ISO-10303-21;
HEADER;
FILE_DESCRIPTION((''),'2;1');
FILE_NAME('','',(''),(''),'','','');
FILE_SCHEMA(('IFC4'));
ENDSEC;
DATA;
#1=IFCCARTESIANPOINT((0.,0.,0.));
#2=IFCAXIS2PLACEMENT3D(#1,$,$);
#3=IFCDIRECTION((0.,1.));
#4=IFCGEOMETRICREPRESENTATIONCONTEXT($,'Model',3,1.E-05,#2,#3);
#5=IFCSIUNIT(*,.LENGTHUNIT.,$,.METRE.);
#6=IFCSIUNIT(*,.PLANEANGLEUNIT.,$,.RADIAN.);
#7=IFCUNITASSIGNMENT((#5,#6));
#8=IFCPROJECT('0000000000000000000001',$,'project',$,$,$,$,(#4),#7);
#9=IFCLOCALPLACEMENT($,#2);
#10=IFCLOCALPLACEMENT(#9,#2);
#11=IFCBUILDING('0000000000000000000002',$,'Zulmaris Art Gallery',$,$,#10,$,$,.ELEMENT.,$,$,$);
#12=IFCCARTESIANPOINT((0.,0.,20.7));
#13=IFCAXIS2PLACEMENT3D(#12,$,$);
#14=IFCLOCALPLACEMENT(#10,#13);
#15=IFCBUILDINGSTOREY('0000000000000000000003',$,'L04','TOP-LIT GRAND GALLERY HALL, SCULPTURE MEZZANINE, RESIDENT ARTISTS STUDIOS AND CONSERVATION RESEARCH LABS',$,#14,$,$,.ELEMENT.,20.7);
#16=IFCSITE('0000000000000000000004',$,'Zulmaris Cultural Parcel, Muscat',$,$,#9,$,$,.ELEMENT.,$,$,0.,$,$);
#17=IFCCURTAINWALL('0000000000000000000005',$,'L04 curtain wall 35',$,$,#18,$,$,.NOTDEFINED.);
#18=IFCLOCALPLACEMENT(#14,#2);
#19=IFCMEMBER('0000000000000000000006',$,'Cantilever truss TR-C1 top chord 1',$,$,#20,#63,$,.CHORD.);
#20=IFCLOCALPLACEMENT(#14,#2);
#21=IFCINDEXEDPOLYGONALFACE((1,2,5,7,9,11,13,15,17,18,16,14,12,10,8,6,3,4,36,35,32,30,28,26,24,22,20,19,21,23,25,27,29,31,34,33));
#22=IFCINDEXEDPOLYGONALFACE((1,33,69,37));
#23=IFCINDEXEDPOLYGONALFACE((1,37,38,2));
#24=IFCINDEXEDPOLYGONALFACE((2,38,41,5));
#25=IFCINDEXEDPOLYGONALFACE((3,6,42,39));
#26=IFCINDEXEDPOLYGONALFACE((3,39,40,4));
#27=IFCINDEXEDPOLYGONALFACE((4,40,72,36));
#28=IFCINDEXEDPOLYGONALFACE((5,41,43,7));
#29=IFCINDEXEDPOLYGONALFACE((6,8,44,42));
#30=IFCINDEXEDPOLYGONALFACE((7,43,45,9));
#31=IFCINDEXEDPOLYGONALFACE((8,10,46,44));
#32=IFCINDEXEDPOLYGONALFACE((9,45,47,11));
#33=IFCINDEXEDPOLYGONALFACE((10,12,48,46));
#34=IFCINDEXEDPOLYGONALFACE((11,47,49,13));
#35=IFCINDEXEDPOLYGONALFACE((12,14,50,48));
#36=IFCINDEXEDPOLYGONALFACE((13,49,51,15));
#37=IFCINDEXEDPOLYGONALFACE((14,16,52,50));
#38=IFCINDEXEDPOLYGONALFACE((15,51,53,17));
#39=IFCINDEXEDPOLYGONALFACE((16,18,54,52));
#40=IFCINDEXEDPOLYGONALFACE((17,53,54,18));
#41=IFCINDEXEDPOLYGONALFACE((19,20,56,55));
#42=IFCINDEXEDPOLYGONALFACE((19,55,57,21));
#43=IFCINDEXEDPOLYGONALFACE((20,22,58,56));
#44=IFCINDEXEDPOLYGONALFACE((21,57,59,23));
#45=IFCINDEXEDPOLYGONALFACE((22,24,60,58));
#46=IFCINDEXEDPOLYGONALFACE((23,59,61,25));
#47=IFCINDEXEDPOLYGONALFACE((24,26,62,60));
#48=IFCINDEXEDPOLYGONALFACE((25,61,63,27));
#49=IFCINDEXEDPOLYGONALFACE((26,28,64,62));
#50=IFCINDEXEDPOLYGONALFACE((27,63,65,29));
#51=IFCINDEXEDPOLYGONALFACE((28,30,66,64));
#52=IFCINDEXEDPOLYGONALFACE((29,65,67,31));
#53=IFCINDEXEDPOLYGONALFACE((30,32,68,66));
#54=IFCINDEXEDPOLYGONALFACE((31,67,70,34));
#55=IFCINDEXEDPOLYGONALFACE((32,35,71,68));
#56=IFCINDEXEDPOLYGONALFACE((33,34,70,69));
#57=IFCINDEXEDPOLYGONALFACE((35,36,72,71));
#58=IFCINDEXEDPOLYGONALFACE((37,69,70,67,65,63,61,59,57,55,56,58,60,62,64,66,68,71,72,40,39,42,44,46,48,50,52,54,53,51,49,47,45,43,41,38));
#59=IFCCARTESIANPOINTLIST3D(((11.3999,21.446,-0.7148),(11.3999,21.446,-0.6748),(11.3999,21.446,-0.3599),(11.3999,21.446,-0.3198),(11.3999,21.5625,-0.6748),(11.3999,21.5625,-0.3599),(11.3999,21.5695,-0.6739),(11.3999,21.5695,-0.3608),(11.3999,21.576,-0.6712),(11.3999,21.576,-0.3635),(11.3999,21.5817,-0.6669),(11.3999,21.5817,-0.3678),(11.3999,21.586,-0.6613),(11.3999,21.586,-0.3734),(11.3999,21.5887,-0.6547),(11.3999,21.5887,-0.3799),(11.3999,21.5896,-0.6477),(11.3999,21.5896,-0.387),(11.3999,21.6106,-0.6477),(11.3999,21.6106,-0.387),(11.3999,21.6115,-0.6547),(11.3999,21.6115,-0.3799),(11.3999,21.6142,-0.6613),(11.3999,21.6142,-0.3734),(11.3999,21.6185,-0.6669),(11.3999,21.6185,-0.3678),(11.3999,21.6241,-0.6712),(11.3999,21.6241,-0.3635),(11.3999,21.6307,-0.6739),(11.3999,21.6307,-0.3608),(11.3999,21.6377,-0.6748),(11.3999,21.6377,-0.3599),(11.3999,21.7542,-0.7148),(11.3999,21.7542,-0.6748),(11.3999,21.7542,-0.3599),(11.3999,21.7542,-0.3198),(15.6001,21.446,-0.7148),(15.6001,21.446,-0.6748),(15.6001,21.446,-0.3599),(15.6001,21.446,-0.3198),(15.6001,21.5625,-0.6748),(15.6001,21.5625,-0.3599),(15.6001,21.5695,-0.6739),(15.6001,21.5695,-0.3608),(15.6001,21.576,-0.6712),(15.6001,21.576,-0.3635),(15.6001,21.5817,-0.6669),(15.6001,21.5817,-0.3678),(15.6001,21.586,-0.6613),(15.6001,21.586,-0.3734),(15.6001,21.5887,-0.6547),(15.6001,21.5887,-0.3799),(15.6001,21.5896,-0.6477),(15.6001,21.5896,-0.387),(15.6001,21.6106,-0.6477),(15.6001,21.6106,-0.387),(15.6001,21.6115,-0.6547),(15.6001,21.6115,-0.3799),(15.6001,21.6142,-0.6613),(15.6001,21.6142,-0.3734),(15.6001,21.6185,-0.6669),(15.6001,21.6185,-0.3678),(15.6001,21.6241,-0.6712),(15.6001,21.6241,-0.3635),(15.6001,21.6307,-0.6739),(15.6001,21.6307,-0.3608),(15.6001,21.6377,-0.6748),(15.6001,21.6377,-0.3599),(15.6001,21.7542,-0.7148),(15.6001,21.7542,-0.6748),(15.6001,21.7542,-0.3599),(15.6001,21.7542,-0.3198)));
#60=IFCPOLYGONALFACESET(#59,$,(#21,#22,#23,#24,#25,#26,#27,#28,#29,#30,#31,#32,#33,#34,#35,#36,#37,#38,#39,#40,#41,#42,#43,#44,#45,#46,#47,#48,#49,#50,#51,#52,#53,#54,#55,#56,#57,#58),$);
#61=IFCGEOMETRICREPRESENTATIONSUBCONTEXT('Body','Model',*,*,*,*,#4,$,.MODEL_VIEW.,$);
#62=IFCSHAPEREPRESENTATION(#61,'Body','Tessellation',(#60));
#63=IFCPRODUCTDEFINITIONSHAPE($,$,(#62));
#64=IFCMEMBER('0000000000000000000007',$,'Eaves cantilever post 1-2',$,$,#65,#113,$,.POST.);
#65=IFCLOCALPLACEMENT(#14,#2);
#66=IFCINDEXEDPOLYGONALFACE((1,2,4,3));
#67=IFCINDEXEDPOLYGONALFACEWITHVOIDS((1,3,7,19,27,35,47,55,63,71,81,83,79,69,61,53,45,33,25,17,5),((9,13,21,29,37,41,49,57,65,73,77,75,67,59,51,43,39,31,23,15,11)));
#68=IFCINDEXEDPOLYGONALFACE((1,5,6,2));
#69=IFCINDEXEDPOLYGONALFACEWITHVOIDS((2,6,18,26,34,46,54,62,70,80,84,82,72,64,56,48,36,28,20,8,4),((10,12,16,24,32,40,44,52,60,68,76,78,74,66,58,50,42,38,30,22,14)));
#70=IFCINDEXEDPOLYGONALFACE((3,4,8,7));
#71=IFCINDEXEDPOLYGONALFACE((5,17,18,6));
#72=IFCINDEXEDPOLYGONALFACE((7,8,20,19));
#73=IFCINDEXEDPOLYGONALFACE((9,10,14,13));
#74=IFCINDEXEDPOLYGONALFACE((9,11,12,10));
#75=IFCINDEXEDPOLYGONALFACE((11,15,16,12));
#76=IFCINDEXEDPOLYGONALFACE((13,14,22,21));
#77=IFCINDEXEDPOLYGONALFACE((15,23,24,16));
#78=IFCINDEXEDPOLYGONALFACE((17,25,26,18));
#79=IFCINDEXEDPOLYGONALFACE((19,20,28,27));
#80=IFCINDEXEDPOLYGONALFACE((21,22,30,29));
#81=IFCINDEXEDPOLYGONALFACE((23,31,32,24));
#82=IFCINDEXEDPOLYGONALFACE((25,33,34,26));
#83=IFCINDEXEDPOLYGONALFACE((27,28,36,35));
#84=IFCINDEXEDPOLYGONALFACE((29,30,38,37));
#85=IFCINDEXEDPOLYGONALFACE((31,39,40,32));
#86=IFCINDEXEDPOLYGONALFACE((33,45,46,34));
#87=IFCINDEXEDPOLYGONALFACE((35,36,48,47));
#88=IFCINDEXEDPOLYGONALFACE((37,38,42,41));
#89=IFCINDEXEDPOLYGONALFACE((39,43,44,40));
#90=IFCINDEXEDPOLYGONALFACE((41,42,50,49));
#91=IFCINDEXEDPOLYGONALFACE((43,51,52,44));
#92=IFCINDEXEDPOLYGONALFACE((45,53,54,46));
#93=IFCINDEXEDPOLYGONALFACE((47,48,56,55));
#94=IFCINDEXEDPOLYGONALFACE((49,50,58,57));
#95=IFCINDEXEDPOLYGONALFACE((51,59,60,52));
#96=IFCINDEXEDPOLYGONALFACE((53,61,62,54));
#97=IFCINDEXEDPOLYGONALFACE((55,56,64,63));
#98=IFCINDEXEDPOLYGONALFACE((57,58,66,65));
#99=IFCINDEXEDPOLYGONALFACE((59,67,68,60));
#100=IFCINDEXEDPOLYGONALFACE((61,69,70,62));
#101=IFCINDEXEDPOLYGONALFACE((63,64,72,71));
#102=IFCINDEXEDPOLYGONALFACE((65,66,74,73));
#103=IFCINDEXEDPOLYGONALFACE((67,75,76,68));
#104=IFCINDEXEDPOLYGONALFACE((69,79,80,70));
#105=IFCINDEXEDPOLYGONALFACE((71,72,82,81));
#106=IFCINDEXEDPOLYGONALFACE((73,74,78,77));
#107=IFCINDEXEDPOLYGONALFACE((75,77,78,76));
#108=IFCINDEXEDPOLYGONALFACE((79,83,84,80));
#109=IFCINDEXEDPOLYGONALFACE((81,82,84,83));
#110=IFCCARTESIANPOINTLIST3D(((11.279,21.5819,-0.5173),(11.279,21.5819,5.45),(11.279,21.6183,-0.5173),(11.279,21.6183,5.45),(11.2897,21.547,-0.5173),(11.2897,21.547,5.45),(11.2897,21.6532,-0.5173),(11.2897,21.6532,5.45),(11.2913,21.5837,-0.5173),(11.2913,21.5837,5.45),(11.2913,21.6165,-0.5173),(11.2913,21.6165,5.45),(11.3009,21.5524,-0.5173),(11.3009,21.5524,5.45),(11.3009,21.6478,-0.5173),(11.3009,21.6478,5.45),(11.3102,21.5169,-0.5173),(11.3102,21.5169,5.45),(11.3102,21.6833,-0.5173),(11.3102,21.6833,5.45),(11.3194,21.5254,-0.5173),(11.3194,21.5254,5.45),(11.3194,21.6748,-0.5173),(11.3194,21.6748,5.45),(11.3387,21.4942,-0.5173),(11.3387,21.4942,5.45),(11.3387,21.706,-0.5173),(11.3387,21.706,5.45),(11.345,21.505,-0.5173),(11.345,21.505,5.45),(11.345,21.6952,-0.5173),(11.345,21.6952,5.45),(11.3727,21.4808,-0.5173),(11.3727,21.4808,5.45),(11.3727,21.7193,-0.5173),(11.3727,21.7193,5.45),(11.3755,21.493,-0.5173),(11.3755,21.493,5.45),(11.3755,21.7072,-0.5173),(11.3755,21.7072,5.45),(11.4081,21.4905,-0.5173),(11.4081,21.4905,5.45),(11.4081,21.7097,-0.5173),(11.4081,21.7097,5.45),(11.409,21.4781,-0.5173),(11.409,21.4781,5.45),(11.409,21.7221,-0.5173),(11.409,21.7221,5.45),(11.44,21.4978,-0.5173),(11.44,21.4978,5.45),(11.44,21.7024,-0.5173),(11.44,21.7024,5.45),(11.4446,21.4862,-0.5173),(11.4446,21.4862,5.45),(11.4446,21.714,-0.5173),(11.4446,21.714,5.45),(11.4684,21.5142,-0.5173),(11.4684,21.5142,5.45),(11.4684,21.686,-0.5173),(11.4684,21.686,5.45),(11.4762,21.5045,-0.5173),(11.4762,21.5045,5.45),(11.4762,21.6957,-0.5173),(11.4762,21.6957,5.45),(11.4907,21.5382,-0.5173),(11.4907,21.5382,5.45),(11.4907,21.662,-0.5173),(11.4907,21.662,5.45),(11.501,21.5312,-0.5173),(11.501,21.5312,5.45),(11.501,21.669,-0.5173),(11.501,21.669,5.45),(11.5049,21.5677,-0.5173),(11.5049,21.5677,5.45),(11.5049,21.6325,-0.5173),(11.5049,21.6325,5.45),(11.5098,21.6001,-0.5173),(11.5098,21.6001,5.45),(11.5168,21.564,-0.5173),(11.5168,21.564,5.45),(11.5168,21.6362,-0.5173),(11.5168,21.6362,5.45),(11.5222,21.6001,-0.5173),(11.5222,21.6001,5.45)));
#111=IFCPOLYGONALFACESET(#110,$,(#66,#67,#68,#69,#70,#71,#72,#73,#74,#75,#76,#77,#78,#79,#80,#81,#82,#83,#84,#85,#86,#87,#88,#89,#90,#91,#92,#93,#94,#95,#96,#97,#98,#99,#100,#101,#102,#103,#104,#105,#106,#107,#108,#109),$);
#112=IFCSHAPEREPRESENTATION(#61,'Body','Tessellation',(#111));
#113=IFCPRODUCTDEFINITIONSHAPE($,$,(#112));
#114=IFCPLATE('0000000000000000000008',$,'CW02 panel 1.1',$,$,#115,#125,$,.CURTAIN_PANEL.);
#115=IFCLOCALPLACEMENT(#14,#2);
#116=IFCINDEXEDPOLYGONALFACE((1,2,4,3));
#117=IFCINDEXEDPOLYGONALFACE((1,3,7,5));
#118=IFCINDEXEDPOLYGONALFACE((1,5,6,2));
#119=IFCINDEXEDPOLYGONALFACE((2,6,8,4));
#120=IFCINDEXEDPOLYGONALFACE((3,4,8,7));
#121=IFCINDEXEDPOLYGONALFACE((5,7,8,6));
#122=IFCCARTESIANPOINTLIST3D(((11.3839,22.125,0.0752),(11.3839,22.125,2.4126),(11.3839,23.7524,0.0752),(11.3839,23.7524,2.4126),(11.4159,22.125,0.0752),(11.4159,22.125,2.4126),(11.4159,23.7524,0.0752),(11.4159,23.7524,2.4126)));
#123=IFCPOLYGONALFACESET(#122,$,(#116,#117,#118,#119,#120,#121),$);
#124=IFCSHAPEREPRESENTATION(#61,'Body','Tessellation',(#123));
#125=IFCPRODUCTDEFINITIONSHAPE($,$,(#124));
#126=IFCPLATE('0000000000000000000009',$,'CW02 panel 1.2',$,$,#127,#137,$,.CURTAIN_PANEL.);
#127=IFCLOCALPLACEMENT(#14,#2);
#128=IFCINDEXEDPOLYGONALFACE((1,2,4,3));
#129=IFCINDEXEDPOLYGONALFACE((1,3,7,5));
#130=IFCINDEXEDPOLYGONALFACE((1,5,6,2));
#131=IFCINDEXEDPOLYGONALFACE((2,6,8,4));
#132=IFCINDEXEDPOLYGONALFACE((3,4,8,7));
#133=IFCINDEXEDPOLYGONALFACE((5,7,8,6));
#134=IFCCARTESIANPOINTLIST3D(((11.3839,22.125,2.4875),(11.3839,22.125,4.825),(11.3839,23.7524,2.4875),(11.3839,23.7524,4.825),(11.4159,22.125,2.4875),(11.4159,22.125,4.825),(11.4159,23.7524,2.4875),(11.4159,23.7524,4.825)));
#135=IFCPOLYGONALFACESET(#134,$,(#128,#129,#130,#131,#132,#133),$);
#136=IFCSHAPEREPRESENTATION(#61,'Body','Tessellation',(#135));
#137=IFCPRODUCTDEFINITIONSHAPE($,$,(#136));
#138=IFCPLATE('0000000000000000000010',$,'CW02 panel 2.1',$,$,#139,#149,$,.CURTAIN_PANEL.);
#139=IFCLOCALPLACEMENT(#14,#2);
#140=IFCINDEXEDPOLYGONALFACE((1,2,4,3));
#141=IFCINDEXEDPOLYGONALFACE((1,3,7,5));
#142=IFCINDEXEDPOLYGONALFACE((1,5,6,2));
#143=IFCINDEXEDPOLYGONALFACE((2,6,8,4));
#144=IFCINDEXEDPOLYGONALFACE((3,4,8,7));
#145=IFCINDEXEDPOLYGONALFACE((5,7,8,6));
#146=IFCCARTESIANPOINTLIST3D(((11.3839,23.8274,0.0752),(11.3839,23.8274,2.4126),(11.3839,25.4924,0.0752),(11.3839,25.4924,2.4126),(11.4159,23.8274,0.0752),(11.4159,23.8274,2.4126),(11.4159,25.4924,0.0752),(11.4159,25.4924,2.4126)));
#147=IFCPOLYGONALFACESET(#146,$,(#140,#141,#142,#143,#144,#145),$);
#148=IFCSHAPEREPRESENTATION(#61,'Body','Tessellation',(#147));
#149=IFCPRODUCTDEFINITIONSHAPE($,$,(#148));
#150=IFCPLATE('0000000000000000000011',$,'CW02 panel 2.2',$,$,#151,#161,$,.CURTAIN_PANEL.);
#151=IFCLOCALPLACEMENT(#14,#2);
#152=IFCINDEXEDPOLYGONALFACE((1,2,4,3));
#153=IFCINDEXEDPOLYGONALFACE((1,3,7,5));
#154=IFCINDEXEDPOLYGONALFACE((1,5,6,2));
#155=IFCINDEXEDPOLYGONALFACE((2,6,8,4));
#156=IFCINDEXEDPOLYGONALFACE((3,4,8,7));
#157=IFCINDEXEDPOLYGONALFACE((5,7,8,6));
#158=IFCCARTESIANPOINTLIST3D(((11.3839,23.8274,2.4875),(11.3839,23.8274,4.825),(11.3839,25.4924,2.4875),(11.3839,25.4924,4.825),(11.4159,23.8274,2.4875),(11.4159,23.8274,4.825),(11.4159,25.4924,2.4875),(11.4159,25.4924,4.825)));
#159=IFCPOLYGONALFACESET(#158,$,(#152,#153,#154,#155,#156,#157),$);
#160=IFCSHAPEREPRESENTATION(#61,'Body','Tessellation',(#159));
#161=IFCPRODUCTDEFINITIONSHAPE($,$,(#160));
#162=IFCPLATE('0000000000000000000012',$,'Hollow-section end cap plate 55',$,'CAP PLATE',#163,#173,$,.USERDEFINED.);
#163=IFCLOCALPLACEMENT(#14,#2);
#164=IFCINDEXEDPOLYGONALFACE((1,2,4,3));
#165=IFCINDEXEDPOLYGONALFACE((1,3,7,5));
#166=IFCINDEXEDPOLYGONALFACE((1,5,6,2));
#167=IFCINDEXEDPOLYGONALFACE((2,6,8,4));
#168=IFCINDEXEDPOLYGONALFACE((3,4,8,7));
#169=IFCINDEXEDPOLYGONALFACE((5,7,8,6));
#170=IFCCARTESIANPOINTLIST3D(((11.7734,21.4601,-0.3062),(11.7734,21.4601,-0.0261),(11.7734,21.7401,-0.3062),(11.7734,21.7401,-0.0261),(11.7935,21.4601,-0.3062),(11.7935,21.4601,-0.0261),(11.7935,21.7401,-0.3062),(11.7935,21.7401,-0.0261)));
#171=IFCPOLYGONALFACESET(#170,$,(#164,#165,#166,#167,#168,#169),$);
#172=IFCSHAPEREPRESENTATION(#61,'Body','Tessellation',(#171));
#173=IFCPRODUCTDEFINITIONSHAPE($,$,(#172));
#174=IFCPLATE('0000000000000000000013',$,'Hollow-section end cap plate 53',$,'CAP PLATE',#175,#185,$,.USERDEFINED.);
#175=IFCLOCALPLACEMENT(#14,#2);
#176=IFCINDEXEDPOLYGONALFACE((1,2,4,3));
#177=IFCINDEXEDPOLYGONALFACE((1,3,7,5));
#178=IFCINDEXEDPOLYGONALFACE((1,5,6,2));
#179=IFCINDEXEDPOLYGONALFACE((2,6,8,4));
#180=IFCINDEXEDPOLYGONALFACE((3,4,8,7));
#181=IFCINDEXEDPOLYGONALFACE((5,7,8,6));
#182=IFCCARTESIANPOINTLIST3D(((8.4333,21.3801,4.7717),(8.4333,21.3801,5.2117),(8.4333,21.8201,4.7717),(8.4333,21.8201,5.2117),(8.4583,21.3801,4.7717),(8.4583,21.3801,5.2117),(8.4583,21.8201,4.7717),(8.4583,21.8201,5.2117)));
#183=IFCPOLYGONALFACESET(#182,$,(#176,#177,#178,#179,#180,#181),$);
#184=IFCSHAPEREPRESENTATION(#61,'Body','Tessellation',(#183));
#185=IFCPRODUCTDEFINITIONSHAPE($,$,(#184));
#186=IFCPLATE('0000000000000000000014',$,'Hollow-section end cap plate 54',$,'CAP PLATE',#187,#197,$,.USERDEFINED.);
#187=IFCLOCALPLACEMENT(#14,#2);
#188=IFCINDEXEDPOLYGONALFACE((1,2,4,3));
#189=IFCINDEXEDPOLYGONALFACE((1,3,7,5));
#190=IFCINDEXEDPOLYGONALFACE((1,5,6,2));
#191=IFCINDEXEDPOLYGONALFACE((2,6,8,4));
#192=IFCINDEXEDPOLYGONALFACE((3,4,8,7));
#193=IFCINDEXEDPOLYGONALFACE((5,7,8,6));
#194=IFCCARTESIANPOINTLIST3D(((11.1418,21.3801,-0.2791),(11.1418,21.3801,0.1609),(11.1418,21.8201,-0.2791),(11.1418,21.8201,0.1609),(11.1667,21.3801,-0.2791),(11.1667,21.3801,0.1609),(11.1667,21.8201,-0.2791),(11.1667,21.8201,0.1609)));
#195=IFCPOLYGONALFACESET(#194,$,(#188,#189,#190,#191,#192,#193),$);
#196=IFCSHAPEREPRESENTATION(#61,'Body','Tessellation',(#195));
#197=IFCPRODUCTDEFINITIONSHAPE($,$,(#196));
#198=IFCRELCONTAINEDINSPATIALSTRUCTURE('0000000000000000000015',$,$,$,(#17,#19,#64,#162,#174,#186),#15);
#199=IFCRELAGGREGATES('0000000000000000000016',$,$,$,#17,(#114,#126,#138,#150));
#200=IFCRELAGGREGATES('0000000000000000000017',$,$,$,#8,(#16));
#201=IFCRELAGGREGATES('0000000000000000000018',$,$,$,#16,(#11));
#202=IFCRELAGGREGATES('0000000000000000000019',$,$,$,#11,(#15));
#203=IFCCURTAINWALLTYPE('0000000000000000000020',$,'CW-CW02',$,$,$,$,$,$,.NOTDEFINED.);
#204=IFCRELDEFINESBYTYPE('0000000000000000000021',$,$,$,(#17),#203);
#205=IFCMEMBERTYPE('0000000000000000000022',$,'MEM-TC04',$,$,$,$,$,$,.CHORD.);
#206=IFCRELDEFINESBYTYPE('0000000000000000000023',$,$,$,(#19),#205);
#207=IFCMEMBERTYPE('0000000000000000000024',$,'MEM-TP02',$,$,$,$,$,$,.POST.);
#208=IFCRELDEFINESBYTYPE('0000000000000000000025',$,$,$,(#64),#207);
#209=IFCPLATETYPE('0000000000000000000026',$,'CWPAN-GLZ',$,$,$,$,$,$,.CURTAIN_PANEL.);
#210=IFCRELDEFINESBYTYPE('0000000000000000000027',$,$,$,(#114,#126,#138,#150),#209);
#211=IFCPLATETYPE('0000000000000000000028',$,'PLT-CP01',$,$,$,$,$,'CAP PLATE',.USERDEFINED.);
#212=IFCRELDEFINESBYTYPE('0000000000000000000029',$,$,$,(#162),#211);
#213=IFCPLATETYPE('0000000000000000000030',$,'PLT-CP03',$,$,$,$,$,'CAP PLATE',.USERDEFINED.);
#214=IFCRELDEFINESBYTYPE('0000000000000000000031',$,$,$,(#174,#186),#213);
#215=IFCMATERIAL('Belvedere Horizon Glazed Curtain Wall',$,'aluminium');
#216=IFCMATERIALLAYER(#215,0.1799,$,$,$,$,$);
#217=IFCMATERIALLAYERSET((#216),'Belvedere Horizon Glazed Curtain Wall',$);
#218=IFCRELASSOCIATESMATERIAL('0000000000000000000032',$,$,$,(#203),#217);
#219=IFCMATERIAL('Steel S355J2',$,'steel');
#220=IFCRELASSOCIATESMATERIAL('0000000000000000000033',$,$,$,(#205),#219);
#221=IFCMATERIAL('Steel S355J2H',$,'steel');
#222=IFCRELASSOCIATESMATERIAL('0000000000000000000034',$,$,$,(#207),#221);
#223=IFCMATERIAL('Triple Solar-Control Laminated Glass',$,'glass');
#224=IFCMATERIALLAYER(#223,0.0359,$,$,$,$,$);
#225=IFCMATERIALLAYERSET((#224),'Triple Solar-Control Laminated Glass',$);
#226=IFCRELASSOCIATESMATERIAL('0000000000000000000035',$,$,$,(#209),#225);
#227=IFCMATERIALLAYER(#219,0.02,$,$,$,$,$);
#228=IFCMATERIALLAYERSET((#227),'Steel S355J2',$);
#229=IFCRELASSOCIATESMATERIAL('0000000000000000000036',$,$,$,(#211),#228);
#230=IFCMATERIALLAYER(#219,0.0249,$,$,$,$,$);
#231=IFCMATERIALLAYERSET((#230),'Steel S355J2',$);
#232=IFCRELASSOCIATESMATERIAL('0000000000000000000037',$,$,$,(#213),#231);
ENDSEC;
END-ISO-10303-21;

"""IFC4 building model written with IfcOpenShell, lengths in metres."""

from ifc_helpers import new_model, si_unit, direction, frame, origin, origin_2d, place, context, subcontext, project, spatial, rectangle, hollow_circle, i_section, extrude, material, layer, layer_set, material_profile, profile_set, type_object, element, aggregate, save


model = new_model("IFC4")

# Units and contexts
model_context = context("Model", 3, precision=1e-05, world=origin(), true_north=direction((0.0, 1.0)))
body_context = subcontext(model_context, "Body", "Model", "MODEL_VIEW")
ifc_project = project(units=[si_unit("LENGTHUNIT", "METRE"), si_unit("PLANEANGLEUNIT", "RADIAN")], contexts=[model_context])

# Site, building, storey
site_placement = place(None, origin())
site = spatial("IfcSite", under=ifc_project, at=site_placement, Name="Zulmaris Cultural Parcel, Muscat", CompositionType="ELEMENT", RefElevation=0.0)
building_placement = place(site_placement, origin())
building = spatial("IfcBuilding", under=site, at=building_placement, Name="Zulmaris Art Gallery", CompositionType="ELEMENT")
storey_placement = place(building_placement, frame((0.0, 0.0, 20.7)))
storey = spatial("IfcBuildingStorey", under=building, at=storey_placement, Name="L04", Description="TOP-LIT GRAND GALLERY HALL, SCULPTURE MEZZANINE, RESIDENT ARTISTS STUDIOS AND CONSERVATION RESEARCH LABS", CompositionType="ELEMENT", Elevation=20.7)

# Shared definitions
ifc_material_1 = material(Name="Steel S355J2", Category="steel")

# Curtain wall
ifc_material_2 = material(Name="Belvedere Horizon Glazed Curtain Wall", Category="aluminium")
ifc_layer_1 = layer(ifc_material_2, 0.1799)
ifc_layer_set_1 = layer_set([ifc_layer_1], Name="Belvedere Horizon Glazed Curtain Wall")
curtain_wall_type = type_object("IfcCurtainWallType", Name="CW-CW02", PredefinedType="NOTDEFINED", material=ifc_layer_set_1)
curtain_wall_placement = place(storey_placement, origin())
curtain_wall = element("IfcCurtainWall", 1, at=curtain_wall_placement, inside=storey, type_object=curtain_wall_type, Name="L04 curtain wall 35", PredefinedType="NOTDEFINED")

# Members
ifc_material_3 = material(Name="Steel S355J2H", Category="steel")
ifc_material_profile_1 = material_profile(ifc_material_1, i_section(OverallWidth=0.3081, OverallDepth=0.395, WebThickness=0.021, FlangeThickness=0.04, FilletRadius=0.0271, at=origin_2d()), Name="HEM 360")
ifc_profile_set_1 = profile_set([ifc_material_profile_1], Name="Steel S355J2")
member_type_1 = type_object("IfcMemberType", Name="MEM-TC04", PredefinedType="CHORD", material=ifc_profile_set_1)
member_1_placement = place(storey_placement, frame((11.3999, 21.6001, -0.5173), z_axis=(1.0, 0.0, 0.0), x_axis=(0.0, 1.0, 0.0)))
element("IfcMember", 2, at=member_1_placement, inside=storey, type_object=member_type_1, Name="Cantilever truss TR-C1 top chord 1", PredefinedType="CHORD", context=body_context, shape_type="SweptSolid", body=[
    extrude(i_section(OverallWidth=0.3081, OverallDepth=0.395, WebThickness=0.021, FlangeThickness=0.04, FilletRadius=0.0271, at=origin_2d()), origin(), (0.0, 0.0, 1.0), 4.2002),
])
ifc_material_profile_2 = material_profile(ifc_material_3, hollow_circle(Radius=0.1223, WallThickness=0.0125, at=origin_2d()), Name="CHS 244.5x12.5")
ifc_profile_set_2 = profile_set([ifc_material_profile_2], Name="Steel S355J2H")
member_type_2 = type_object("IfcMemberType", Name="MEM-TP02", PredefinedType="POST", material=ifc_profile_set_2)
member_2_placement = place(storey_placement, frame((11.3999, 21.6001, -0.5173), z_axis=(0.0, 0.0, 1.0), x_axis=(1.0, 0.0, 0.0)))
element("IfcMember", 3, at=member_2_placement, inside=storey, type_object=member_type_2, Name="Eaves cantilever post 1-2", PredefinedType="POST", context=body_context, shape_type="SweptSolid", body=[
    extrude(hollow_circle(Radius=0.1223, WallThickness=0.0125, at=origin_2d()), origin(), (0.0, 0.0, 1.0), 5.9673),
])

# Plates
ifc_material_4 = material(Name="Triple Solar-Control Laminated Glass", Category="glass")
ifc_layer_2 = layer(ifc_material_4, 0.0359)
ifc_layer_set_2 = layer_set([ifc_layer_2], Name="Triple Solar-Control Laminated Glass")
plate_type_1 = type_object("IfcPlateType", Name="CWPAN-GLZ", PredefinedType="CURTAIN_PANEL", material=ifc_layer_set_2)
plate_1_placement = place(storey_placement, frame((11.3999, 22.9387, 0.0752), z_axis=(0.0, 0.0, 1.0), x_axis=(0.0, 1.0, 0.0)))
plate_1 = element("IfcPlate", 4, at=plate_1_placement, type_object=plate_type_1, Name="CW02 panel 1.1", PredefinedType="CURTAIN_PANEL", context=body_context, shape_type="SweptSolid", body=[
    extrude(rectangle(XDim=1.6274, YDim=0.032, at=origin_2d()), origin(), (0.0, 0.0, 1.0), 2.3374),
])
plate_2_placement = place(storey_placement, frame((11.3999, 22.9387, 2.4875), z_axis=(0.0, 0.0, 1.0), x_axis=(0.0, 1.0, 0.0)))
plate_2 = element("IfcPlate", 5, at=plate_2_placement, type_object=plate_type_1, Name="CW02 panel 1.2", PredefinedType="CURTAIN_PANEL", context=body_context, shape_type="SweptSolid", body=[
    extrude(rectangle(XDim=1.6274, YDim=0.032, at=origin_2d()), origin(), (0.0, 0.0, 1.0), 2.3374),
])
plate_3_placement = place(storey_placement, frame((11.3999, 24.6599, 0.0752), z_axis=(0.0, 0.0, 1.0), x_axis=(0.0, 1.0, 0.0)))
plate_3 = element("IfcPlate", 6, at=plate_3_placement, type_object=plate_type_1, Name="CW02 panel 2.1", PredefinedType="CURTAIN_PANEL", context=body_context, shape_type="SweptSolid", body=[
    extrude(rectangle(XDim=1.665, YDim=0.032, at=origin_2d()), origin(), (0.0, 0.0, 1.0), 2.3374),
])
plate_4_placement = place(storey_placement, frame((11.3999, 24.6599, 2.4875), z_axis=(0.0, 0.0, 1.0), x_axis=(0.0, 1.0, 0.0)))
plate_4 = element("IfcPlate", 7, at=plate_4_placement, type_object=plate_type_1, Name="CW02 panel 2.2", PredefinedType="CURTAIN_PANEL", context=body_context, shape_type="SweptSolid", body=[
    extrude(rectangle(XDim=1.665, YDim=0.032, at=origin_2d()), origin(), (0.0, 0.0, 1.0), 2.3374),
])
aggregate(curtain_wall, [plate_1, plate_2, plate_3, plate_4])

# Plates
ifc_layer_3 = layer(ifc_material_1, 0.02)
ifc_layer_set_3 = layer_set([ifc_layer_3], Name="Steel S355J2")
plate_type_2 = type_object("IfcPlateType", Name="PLT-CP01", ElementType="CAP PLATE", PredefinedType="USERDEFINED", material=ifc_layer_set_3)
plate_5_placement = place(storey_placement, frame((11.7834, 21.6001, -0.3062), z_axis=(0.0, 0.0, 1.0), x_axis=(1.0, 0.0, 0.0)))
element("IfcPlate", 8, at=plate_5_placement, inside=storey, type_object=plate_type_2, Name="Hollow-section end cap plate 55", ObjectType="CAP PLATE", PredefinedType="USERDEFINED", context=body_context, shape_type="SweptSolid", body=[
    extrude(rectangle(XDim=0.02, YDim=0.28, at=origin_2d()), origin(), (0.0, 0.0, 1.0), 0.28),
])
ifc_layer_4 = layer(ifc_material_1, 0.0249)
ifc_layer_set_4 = layer_set([ifc_layer_4], Name="Steel S355J2")
plate_type_3 = type_object("IfcPlateType", Name="PLT-CP03", ElementType="CAP PLATE", PredefinedType="USERDEFINED", material=ifc_layer_set_4)
for number, where, z_axis, x_axis, name in (
    (9, (8.4458, 21.6001, 4.7717), (0.0, 0.0, 1.0), (1.0, 0.0, 0.0), "Hollow-section end cap plate 53"),
    (10, (11.1543, 21.6001, -0.2791), (0.0, 0.0, 1.0), (1.0, 0.0, 0.0), "Hollow-section end cap plate 54"),
):
    element("IfcPlate", number, at=place(storey_placement, frame(where, z_axis=z_axis, x_axis=x_axis)), inside=storey, type_object=plate_type_3, Name=name, ObjectType="CAP PLATE", PredefinedType="USERDEFINED", context=body_context, shape_type="SweptSolid", body=[
        extrude(rectangle(XDim=0.0249, YDim=0.4399, at=origin_2d()), origin(), (0.0, 0.0, 1.0), 0.4399),
    ])

save(model, "model.ifc")
